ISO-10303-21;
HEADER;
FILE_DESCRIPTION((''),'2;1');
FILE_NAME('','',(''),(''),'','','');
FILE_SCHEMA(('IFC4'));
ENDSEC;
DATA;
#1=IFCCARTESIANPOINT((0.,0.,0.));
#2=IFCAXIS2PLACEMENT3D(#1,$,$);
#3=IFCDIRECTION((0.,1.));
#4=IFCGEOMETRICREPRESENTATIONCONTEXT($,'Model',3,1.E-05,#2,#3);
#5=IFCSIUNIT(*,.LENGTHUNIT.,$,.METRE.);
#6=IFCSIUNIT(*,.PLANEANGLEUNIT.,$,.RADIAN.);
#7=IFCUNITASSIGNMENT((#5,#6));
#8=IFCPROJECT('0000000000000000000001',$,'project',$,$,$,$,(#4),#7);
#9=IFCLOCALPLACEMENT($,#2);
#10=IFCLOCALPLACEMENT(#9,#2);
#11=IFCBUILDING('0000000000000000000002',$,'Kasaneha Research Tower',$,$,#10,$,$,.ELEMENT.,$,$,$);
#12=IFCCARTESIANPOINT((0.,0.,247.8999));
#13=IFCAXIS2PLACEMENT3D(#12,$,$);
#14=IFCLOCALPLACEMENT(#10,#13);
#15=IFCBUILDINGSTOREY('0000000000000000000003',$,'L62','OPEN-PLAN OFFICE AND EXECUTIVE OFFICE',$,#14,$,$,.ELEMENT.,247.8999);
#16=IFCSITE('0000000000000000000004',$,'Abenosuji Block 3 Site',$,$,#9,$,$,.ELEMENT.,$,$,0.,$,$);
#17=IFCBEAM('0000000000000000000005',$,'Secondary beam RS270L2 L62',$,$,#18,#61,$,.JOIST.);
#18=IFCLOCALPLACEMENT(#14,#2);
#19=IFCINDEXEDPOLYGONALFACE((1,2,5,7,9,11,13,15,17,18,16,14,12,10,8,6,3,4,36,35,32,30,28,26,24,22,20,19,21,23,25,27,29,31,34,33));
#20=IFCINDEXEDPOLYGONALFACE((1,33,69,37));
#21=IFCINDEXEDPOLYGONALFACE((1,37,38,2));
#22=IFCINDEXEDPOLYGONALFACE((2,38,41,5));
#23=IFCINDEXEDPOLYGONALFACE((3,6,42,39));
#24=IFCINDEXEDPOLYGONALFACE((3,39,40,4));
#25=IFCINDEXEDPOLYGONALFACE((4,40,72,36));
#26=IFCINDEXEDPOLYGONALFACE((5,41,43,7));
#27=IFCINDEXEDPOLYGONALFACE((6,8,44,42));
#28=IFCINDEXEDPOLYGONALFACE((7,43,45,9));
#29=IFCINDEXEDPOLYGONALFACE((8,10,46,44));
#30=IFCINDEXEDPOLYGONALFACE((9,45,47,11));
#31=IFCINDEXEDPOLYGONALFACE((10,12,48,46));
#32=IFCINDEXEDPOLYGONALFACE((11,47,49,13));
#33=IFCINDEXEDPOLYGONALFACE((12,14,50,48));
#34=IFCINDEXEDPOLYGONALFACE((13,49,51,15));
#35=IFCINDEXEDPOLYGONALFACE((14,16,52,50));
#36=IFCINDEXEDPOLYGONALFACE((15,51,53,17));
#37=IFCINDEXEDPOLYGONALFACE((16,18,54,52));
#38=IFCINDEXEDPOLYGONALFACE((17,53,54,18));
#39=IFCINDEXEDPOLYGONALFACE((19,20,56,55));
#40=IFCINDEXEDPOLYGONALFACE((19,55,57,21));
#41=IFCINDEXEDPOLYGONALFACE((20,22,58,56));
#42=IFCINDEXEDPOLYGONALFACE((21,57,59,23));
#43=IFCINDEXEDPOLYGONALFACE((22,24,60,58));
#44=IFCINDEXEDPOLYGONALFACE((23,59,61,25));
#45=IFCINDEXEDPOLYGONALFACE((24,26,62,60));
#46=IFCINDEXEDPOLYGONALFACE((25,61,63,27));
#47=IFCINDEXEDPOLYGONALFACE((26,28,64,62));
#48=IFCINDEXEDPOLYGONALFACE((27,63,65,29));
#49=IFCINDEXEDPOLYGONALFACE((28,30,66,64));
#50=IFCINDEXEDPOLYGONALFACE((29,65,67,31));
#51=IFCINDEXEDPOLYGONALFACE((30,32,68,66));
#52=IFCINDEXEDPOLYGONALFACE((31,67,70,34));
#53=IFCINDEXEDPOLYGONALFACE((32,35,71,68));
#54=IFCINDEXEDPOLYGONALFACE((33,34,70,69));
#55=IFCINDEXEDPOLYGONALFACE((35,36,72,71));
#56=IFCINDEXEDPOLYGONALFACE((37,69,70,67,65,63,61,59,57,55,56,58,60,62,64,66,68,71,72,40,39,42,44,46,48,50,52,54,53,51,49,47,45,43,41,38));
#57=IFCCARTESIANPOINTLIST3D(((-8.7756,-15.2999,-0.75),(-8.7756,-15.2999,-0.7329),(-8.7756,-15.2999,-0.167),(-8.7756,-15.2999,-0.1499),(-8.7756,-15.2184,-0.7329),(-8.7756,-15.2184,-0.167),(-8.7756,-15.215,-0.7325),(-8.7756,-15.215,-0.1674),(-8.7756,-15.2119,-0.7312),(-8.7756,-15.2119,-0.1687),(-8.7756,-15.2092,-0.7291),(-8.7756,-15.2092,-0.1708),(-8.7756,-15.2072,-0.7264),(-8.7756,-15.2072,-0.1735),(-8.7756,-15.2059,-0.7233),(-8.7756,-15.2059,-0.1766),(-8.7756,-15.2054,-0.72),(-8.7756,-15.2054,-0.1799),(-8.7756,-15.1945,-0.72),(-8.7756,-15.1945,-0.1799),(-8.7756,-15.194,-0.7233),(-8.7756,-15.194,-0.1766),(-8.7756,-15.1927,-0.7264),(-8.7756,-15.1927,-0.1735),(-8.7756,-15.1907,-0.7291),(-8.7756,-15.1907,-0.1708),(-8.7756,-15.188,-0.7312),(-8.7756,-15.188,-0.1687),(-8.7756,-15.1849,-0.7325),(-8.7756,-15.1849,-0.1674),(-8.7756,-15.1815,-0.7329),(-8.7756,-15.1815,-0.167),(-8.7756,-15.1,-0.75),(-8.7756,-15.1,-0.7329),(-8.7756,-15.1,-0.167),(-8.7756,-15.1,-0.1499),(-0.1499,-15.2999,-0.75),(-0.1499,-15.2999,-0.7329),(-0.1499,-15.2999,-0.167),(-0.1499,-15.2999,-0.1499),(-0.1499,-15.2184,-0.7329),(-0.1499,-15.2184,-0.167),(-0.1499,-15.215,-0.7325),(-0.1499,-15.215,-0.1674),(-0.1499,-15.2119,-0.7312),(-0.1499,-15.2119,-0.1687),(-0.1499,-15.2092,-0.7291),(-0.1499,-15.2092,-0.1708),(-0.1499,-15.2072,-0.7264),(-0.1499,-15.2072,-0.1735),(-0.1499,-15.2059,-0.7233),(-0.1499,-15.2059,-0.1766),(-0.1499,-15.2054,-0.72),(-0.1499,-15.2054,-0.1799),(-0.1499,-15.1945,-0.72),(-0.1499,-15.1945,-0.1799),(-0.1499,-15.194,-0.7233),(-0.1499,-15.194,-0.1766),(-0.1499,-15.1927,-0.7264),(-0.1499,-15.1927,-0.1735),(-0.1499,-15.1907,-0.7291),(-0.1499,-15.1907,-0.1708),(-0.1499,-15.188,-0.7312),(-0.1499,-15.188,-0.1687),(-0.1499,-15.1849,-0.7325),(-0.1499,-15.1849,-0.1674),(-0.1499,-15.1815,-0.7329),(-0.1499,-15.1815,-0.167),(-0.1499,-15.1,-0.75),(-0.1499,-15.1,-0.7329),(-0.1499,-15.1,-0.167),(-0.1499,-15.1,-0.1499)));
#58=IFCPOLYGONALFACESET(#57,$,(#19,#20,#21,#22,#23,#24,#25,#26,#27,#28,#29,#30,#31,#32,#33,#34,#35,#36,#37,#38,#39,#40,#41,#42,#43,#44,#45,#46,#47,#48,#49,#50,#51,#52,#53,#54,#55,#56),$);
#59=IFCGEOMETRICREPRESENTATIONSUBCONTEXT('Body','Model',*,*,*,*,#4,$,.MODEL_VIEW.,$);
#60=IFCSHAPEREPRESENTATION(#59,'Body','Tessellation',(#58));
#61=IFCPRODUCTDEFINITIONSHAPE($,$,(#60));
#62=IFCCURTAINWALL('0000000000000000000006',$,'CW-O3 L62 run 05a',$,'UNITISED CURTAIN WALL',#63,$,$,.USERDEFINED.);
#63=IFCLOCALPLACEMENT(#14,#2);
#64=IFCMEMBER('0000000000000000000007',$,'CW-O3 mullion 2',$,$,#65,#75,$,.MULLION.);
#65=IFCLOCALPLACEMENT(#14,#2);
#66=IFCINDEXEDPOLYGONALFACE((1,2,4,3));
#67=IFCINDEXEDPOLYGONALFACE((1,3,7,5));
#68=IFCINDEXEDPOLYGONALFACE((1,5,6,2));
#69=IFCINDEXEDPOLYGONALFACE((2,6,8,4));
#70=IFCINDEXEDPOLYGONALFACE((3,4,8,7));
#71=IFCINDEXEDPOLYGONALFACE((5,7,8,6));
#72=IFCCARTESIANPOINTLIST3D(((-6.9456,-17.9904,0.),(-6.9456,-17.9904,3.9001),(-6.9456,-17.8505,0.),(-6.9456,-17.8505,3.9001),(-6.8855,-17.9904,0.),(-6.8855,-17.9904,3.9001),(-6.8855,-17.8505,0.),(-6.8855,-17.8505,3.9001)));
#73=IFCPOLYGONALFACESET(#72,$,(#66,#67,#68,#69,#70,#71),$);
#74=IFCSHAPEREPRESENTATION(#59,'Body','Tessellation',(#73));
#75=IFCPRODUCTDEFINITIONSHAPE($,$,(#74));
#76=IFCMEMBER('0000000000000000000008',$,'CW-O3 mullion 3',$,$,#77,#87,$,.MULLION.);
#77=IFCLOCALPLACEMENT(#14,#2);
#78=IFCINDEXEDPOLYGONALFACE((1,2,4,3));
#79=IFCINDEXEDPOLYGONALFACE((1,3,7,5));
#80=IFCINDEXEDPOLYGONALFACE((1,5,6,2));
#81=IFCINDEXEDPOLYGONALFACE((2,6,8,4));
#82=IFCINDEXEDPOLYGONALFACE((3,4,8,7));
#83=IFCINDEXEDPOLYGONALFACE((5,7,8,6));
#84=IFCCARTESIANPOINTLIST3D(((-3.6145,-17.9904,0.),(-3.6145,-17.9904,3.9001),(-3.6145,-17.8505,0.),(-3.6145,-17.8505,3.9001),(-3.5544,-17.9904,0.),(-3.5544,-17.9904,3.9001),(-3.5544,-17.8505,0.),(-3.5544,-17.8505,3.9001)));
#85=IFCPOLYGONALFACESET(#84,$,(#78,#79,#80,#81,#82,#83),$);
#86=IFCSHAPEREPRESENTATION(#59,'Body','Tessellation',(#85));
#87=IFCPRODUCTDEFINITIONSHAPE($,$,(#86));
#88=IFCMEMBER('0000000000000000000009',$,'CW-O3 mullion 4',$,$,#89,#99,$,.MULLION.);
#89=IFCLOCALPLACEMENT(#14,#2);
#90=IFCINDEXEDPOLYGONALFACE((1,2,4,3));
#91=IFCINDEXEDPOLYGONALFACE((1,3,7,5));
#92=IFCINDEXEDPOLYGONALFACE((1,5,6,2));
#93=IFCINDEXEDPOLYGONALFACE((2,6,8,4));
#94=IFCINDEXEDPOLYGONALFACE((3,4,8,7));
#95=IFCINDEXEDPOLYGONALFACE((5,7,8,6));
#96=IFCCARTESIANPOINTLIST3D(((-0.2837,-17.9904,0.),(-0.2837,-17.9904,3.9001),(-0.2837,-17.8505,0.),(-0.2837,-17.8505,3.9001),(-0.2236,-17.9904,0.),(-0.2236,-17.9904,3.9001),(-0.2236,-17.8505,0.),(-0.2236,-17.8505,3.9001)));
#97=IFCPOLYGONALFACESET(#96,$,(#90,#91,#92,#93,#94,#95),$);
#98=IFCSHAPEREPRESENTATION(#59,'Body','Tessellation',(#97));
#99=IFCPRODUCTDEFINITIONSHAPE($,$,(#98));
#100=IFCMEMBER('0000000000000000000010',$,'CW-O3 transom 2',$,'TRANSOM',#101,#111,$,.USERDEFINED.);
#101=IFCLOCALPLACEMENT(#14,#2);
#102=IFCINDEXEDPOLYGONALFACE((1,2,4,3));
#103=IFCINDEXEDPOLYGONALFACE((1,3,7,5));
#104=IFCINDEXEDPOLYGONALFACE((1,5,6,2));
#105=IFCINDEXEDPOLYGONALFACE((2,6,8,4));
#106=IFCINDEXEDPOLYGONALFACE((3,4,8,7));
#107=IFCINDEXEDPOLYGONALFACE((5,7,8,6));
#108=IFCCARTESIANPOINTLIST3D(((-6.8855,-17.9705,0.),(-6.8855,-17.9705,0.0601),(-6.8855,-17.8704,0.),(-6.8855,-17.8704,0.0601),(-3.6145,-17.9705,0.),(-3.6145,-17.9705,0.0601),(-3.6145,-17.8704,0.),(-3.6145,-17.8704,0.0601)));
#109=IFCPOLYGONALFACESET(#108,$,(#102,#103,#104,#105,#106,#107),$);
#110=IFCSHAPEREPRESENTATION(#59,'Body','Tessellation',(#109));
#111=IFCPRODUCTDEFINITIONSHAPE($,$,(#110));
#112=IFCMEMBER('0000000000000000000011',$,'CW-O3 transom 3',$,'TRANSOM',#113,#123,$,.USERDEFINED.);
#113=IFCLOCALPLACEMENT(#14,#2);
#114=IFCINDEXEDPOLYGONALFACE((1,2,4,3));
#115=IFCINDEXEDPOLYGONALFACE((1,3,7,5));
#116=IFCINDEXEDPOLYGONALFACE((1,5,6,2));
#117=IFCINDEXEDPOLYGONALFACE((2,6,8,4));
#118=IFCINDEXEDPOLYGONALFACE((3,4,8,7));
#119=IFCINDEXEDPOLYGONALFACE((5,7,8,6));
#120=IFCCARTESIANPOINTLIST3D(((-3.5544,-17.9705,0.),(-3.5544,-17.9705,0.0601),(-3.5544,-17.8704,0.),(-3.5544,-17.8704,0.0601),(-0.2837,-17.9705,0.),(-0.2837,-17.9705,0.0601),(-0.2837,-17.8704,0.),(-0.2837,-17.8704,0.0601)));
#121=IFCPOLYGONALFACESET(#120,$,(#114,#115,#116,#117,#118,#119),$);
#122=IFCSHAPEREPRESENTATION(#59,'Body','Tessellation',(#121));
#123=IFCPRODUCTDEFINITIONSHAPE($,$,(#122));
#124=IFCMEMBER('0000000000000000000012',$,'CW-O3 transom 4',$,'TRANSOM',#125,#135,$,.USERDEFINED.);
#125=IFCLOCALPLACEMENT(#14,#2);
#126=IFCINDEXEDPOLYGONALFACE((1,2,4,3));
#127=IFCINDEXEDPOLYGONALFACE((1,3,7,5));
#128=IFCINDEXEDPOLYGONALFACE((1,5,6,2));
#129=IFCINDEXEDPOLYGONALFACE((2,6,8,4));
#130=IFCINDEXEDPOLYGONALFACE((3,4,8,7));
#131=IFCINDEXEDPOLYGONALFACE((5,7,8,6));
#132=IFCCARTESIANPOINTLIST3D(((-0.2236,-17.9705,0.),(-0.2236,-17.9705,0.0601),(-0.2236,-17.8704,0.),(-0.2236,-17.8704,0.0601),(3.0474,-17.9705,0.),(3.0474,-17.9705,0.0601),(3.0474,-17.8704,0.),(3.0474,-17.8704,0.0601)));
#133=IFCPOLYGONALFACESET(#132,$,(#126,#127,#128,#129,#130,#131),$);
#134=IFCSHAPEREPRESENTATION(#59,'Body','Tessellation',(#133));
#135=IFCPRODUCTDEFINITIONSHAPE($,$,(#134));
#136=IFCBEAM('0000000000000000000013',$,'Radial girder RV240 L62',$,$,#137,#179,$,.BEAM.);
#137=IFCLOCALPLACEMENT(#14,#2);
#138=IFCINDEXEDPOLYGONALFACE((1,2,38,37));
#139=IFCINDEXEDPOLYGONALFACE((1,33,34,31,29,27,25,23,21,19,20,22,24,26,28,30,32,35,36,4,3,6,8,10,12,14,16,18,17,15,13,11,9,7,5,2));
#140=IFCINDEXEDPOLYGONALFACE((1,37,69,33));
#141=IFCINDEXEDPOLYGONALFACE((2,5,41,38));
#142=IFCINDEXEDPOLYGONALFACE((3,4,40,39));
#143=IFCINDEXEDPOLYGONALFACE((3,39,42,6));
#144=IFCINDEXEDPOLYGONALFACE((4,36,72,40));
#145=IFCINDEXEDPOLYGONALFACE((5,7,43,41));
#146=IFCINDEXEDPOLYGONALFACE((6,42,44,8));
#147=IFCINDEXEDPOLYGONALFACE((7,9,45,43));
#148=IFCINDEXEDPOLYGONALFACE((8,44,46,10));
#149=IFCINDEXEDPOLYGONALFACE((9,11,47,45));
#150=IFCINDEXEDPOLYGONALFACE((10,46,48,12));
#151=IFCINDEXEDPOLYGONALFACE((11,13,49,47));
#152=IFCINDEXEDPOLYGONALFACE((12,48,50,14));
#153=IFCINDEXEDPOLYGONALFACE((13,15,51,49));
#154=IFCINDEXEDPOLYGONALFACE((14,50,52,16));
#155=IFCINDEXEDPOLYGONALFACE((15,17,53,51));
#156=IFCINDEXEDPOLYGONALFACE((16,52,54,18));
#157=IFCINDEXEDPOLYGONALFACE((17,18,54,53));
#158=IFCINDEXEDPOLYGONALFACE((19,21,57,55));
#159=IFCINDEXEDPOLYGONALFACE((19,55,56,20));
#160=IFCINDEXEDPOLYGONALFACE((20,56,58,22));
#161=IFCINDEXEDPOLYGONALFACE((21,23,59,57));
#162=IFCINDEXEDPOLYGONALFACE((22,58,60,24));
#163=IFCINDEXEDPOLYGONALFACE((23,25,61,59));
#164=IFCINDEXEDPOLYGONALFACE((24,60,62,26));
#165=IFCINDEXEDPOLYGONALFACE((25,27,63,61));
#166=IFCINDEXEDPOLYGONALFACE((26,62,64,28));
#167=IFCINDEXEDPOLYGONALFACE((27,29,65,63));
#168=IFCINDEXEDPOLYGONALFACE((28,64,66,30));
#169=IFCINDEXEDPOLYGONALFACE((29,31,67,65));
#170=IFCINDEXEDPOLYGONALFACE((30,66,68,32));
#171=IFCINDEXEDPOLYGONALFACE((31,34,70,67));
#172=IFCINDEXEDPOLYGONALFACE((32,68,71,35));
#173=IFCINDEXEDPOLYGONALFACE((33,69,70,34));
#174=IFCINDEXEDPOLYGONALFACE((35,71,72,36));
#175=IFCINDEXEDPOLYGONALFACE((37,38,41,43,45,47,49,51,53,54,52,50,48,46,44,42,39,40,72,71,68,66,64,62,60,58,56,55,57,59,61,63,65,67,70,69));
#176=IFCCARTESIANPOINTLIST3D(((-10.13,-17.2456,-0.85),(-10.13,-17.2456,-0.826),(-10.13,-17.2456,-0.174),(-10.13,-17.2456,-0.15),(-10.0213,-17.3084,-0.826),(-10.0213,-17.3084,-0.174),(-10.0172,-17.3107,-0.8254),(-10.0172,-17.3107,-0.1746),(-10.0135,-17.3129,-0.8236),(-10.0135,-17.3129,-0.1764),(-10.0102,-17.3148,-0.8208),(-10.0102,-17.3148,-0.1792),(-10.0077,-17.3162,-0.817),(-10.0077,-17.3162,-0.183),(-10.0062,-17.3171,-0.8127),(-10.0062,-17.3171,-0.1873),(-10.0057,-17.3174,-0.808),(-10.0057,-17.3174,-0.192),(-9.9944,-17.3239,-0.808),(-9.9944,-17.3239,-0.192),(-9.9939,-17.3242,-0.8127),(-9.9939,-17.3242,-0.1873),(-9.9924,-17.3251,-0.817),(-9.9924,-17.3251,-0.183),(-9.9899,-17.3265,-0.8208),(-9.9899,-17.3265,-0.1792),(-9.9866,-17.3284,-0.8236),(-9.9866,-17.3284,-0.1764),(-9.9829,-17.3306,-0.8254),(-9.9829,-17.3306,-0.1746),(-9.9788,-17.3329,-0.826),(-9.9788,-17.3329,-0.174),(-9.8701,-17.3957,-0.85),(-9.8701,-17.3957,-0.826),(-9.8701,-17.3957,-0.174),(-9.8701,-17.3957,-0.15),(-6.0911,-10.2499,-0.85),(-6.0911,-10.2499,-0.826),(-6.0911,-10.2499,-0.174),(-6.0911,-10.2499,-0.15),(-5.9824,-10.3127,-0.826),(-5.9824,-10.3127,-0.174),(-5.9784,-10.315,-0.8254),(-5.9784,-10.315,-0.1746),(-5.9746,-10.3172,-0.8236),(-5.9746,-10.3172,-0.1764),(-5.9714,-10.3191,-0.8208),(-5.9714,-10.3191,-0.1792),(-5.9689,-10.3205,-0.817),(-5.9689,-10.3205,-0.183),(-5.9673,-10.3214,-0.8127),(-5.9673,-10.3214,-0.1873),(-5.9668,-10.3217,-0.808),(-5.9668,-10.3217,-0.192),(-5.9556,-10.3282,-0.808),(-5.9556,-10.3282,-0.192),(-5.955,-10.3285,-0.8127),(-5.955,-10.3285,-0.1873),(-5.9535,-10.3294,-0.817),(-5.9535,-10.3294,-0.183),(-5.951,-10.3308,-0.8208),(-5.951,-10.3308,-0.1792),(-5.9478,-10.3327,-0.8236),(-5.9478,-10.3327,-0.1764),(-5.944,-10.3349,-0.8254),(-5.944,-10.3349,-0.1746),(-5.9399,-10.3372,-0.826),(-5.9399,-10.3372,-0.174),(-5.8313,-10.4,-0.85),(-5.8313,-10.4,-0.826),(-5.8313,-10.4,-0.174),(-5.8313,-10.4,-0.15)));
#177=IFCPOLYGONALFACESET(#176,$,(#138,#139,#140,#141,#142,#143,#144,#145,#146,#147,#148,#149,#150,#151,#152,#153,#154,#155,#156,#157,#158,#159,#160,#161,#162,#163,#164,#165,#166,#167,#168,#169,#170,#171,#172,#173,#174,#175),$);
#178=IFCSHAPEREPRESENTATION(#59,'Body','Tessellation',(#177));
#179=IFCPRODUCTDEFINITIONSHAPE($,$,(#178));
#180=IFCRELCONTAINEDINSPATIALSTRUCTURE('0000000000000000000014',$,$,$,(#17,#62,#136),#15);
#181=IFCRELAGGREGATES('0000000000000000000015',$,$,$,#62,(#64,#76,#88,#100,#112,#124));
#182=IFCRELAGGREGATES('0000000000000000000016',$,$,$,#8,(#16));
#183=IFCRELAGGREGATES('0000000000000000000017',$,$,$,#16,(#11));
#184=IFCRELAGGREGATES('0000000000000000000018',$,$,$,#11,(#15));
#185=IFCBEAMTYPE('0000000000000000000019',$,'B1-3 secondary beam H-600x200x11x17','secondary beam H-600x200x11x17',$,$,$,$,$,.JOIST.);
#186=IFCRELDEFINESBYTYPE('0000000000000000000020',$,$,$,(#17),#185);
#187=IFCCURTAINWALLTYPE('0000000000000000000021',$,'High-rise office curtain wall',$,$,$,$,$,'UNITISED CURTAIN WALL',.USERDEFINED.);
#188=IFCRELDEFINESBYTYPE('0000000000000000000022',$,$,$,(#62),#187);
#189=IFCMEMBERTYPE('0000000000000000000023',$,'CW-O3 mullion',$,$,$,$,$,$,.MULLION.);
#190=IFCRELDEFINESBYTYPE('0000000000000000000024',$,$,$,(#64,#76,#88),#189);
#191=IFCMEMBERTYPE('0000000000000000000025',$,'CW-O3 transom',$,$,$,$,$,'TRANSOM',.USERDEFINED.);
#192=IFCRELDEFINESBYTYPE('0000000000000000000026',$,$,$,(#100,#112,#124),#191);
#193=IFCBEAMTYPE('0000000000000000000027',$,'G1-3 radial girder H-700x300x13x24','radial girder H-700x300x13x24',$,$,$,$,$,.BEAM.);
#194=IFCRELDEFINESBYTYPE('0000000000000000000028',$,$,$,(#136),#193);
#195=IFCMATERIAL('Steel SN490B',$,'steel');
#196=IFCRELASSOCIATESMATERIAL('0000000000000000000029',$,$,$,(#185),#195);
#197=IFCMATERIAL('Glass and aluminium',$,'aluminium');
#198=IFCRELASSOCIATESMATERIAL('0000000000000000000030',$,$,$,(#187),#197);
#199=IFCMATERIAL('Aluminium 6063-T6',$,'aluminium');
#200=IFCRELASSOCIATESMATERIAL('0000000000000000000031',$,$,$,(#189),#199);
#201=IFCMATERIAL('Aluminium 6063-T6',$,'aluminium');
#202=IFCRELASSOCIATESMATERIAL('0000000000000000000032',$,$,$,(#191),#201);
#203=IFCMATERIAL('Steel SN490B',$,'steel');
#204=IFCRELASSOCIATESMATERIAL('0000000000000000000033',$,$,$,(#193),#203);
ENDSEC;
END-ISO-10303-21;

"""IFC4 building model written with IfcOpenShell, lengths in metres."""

from ifc_helpers import new_model, si_unit, direction, frame, origin, origin_2d, place, context, subcontext, project, spatial, rectangle, i_section, extrude, material, material_profile, profile_set, type_object, element, aggregate, save


model = new_model("IFC4")

# Units and contexts
model_context = context("Model", 3, precision=1e-05, world=origin(), true_north=direction((0.0, 1.0)))
body_context = subcontext(model_context, "Body", "Model", "MODEL_VIEW")
ifc_project = project(units=[si_unit("LENGTHUNIT", "METRE"), si_unit("PLANEANGLEUNIT", "RADIAN")], contexts=[model_context])

# Site, building, storey
site_placement = place(None, origin())
site = spatial("IfcSite", under=ifc_project, at=site_placement, Name="Abenosuji Block 3 Site", CompositionType="ELEMENT", RefElevation=0.0)
building_placement = place(site_placement, origin())
building = spatial("IfcBuilding", under=site, at=building_placement, Name="Kasaneha Research Tower", CompositionType="ELEMENT")
storey_placement = place(building_placement, frame((0.0, 0.0, 247.8999)))
storey = spatial("IfcBuildingStorey", under=building, at=storey_placement, Name="L62", Description="OPEN-PLAN OFFICE AND EXECUTIVE OFFICE", CompositionType="ELEMENT", Elevation=247.8999)

# Beam
ifc_material_1 = material(Name="Steel SN490B", Category="steel")
ifc_material_profile_1 = material_profile(ifc_material_1, i_section(OverallWidth=0.2, OverallDepth=0.6001, WebThickness=0.011, FlangeThickness=0.0171, FilletRadius=0.0129, at=origin_2d()), Name="H-600x200x11x17")
ifc_profile_set_1 = profile_set([ifc_material_profile_1], Name="Steel SN490B")
beam_type_1 = type_object("IfcBeamType", Name="B1-3 secondary beam H-600x200x11x17", Description="secondary beam H-600x200x11x17", PredefinedType="JOIST", material=ifc_profile_set_1)
beam_1_placement = place(storey_placement, frame((-8.7756, -15.2, -0.45), z_axis=(1.0, 0.0, 0.0), x_axis=(0.0, 1.0, 0.0)))
element("IfcBeam", 1, at=beam_1_placement, inside=storey, type_object=beam_type_1, Name="Secondary beam RS270L2 L62", PredefinedType="JOIST", context=body_context, shape_type="SweptSolid", body=[
    extrude(i_section(OverallWidth=0.2, OverallDepth=0.6001, WebThickness=0.011, FlangeThickness=0.0171, FilletRadius=0.0129, at=origin_2d()), origin(), (0.0, 0.0, 1.0), 8.6257),
])

# Curtain wall, members
ifc_material_2 = material(Name="Glass and aluminium", Category="aluminium")
curtain_wall_type = type_object("IfcCurtainWallType", Name="High-rise office curtain wall", ElementType="UNITISED CURTAIN WALL", PredefinedType="USERDEFINED", material=ifc_material_2)
curtain_wall_placement = place(storey_placement, origin())
curtain_wall = element("IfcCurtainWall", 2, at=curtain_wall_placement, inside=storey, type_object=curtain_wall_type, Name="CW-O3 L62 run 05a", ObjectType="UNITISED CURTAIN WALL", PredefinedType="USERDEFINED")
ifc_material_3 = material(Name="Aluminium 6063-T6", Category="aluminium")
ifc_material_profile_2 = material_profile(ifc_material_3, rectangle(XDim=0.0601, YDim=0.1399, at=origin_2d()), Name="CW-O3 mullion 60x140")
ifc_profile_set_2 = profile_set([ifc_material_profile_2], Name="Aluminium 6063-T6")
member_type_1 = type_object("IfcMemberType", Name="CW-O3 mullion", PredefinedType="MULLION", material=ifc_profile_set_2)
member_1_placement = place(storey_placement, frame((-6.9155, -17.9204, 0.0), z_axis=(0.0, 0.0, 1.0), x_axis=(1.0, 0.0, 0.0)))
member_1 = element("IfcMember", 3, at=member_1_placement, type_object=member_type_1, Name="CW-O3 mullion 2", PredefinedType="MULLION", context=body_context, shape_type="SweptSolid", body=[
    extrude(rectangle(XDim=0.0601, YDim=0.1399, at=origin_2d()), origin(), (0.0, 0.0, 1.0), 3.9001),
])
member_2_placement = place(storey_placement, frame((-3.5845, -17.9204, 0.0), z_axis=(0.0, 0.0, 1.0), x_axis=(1.0, 0.0, 0.0)))
member_2 = element("IfcMember", 4, at=member_2_placement, type_object=member_type_1, Name="CW-O3 mullion 3", PredefinedType="MULLION", context=body_context, shape_type="SweptSolid", body=[
    extrude(rectangle(XDim=0.0601, YDim=0.1399, at=origin_2d()), origin(), (0.0, 0.0, 1.0), 3.9001),
])
member_3_placement = place(storey_placement, frame((-0.2537, -17.9204, 0.0), z_axis=(0.0, 0.0, 1.0), x_axis=(1.0, 0.0, 0.0)))
member_3 = element("IfcMember", 5, at=member_3_placement, type_object=member_type_1, Name="CW-O3 mullion 4", PredefinedType="MULLION", context=body_context, shape_type="SweptSolid", body=[
    extrude(rectangle(XDim=0.0601, YDim=0.1399, at=origin_2d()), origin(), (0.0, 0.0, 1.0), 3.9001),
])
ifc_material_4 = material(Name="Aluminium 6063-T6", Category="aluminium")
ifc_material_profile_3 = material_profile(ifc_material_4, rectangle(XDim=0.1001, YDim=0.0601, at=origin_2d()), Name="CW-O3 transom 100x60")
ifc_profile_set_3 = profile_set([ifc_material_profile_3], Name="Aluminium 6063-T6")
member_type_2 = type_object("IfcMemberType", Name="CW-O3 transom", ElementType="TRANSOM", PredefinedType="USERDEFINED", material=ifc_profile_set_3)
member_4_placement = place(storey_placement, frame((-6.8855, -17.9204, 0.03), z_axis=(1.0, 0.0, 0.0), x_axis=(0.0, 1.0, 0.0)))
member_4 = element("IfcMember", 6, at=member_4_placement, type_object=member_type_2, Name="CW-O3 transom 2", ObjectType="TRANSOM", PredefinedType="USERDEFINED", context=body_context, shape_type="SweptSolid", body=[
    extrude(rectangle(XDim=0.1001, YDim=0.0601, at=origin_2d()), origin(), (0.0, 0.0, 1.0), 3.271),
])
member_5_placement = place(storey_placement, frame((-3.5544, -17.9204, 0.03), z_axis=(1.0, 0.0, 0.0), x_axis=(0.0, 1.0, 0.0)))
member_5 = element("IfcMember", 7, at=member_5_placement, type_object=member_type_2, Name="CW-O3 transom 3", ObjectType="TRANSOM", PredefinedType="USERDEFINED", context=body_context, shape_type="SweptSolid", body=[
    extrude(rectangle(XDim=0.1001, YDim=0.0601, at=origin_2d()), origin(), (0.0, 0.0, 1.0), 3.2708),
])
member_6_placement = place(storey_placement, frame((-0.2236, -17.9204, 0.03), z_axis=(1.0, 0.0, 0.0), x_axis=(0.0, 1.0, 0.0)))
member_6 = element("IfcMember", 8, at=member_6_placement, type_object=member_type_2, Name="CW-O3 transom 4", ObjectType="TRANSOM", PredefinedType="USERDEFINED", context=body_context, shape_type="SweptSolid", body=[
    extrude(rectangle(XDim=0.1001, YDim=0.0601, at=origin_2d()), origin(), (0.0, 0.0, 1.0), 3.271),
])

# Beam
ifc_material_5 = material(Name="Steel SN490B", Category="steel")
ifc_material_profile_4 = material_profile(ifc_material_5, i_section(OverallWidth=0.3, OverallDepth=0.7, WebThickness=0.0129, FlangeThickness=0.0239, FilletRadius=0.0181, at=origin_2d()), Name="H-700x300x13x24")
ifc_profile_set_4 = profile_set([ifc_material_profile_4], Name="Steel SN490B")
beam_type_2 = type_object("IfcBeamType", Name="G1-3 radial girder H-700x300x13x24", Description="radial girder H-700x300x13x24", PredefinedType="BEAM", material=ifc_profile_set_4)
beam_2_placement = place(storey_placement, frame((-5.9612, -10.325, -0.5), z_axis=(-0.499991, -0.866031, 0.0), x_axis=(0.866031, -0.499991, 0.0)))
element("IfcBeam", 9, at=beam_2_placement, inside=storey, type_object=beam_type_2, Name="Radial girder RV240 L62", PredefinedType="BEAM", context=body_context, shape_type="SweptSolid", body=[
    extrude(i_section(OverallWidth=0.3, OverallDepth=0.7, WebThickness=0.0129, FlangeThickness=0.0239, FilletRadius=0.0181, at=origin_2d()), origin(), (0.0, 0.0, 1.0), 8.0779),
])

aggregate(curtain_wall, [member_1, member_2, member_3, member_4, member_5, member_6])

save(model, "model.ifc")
